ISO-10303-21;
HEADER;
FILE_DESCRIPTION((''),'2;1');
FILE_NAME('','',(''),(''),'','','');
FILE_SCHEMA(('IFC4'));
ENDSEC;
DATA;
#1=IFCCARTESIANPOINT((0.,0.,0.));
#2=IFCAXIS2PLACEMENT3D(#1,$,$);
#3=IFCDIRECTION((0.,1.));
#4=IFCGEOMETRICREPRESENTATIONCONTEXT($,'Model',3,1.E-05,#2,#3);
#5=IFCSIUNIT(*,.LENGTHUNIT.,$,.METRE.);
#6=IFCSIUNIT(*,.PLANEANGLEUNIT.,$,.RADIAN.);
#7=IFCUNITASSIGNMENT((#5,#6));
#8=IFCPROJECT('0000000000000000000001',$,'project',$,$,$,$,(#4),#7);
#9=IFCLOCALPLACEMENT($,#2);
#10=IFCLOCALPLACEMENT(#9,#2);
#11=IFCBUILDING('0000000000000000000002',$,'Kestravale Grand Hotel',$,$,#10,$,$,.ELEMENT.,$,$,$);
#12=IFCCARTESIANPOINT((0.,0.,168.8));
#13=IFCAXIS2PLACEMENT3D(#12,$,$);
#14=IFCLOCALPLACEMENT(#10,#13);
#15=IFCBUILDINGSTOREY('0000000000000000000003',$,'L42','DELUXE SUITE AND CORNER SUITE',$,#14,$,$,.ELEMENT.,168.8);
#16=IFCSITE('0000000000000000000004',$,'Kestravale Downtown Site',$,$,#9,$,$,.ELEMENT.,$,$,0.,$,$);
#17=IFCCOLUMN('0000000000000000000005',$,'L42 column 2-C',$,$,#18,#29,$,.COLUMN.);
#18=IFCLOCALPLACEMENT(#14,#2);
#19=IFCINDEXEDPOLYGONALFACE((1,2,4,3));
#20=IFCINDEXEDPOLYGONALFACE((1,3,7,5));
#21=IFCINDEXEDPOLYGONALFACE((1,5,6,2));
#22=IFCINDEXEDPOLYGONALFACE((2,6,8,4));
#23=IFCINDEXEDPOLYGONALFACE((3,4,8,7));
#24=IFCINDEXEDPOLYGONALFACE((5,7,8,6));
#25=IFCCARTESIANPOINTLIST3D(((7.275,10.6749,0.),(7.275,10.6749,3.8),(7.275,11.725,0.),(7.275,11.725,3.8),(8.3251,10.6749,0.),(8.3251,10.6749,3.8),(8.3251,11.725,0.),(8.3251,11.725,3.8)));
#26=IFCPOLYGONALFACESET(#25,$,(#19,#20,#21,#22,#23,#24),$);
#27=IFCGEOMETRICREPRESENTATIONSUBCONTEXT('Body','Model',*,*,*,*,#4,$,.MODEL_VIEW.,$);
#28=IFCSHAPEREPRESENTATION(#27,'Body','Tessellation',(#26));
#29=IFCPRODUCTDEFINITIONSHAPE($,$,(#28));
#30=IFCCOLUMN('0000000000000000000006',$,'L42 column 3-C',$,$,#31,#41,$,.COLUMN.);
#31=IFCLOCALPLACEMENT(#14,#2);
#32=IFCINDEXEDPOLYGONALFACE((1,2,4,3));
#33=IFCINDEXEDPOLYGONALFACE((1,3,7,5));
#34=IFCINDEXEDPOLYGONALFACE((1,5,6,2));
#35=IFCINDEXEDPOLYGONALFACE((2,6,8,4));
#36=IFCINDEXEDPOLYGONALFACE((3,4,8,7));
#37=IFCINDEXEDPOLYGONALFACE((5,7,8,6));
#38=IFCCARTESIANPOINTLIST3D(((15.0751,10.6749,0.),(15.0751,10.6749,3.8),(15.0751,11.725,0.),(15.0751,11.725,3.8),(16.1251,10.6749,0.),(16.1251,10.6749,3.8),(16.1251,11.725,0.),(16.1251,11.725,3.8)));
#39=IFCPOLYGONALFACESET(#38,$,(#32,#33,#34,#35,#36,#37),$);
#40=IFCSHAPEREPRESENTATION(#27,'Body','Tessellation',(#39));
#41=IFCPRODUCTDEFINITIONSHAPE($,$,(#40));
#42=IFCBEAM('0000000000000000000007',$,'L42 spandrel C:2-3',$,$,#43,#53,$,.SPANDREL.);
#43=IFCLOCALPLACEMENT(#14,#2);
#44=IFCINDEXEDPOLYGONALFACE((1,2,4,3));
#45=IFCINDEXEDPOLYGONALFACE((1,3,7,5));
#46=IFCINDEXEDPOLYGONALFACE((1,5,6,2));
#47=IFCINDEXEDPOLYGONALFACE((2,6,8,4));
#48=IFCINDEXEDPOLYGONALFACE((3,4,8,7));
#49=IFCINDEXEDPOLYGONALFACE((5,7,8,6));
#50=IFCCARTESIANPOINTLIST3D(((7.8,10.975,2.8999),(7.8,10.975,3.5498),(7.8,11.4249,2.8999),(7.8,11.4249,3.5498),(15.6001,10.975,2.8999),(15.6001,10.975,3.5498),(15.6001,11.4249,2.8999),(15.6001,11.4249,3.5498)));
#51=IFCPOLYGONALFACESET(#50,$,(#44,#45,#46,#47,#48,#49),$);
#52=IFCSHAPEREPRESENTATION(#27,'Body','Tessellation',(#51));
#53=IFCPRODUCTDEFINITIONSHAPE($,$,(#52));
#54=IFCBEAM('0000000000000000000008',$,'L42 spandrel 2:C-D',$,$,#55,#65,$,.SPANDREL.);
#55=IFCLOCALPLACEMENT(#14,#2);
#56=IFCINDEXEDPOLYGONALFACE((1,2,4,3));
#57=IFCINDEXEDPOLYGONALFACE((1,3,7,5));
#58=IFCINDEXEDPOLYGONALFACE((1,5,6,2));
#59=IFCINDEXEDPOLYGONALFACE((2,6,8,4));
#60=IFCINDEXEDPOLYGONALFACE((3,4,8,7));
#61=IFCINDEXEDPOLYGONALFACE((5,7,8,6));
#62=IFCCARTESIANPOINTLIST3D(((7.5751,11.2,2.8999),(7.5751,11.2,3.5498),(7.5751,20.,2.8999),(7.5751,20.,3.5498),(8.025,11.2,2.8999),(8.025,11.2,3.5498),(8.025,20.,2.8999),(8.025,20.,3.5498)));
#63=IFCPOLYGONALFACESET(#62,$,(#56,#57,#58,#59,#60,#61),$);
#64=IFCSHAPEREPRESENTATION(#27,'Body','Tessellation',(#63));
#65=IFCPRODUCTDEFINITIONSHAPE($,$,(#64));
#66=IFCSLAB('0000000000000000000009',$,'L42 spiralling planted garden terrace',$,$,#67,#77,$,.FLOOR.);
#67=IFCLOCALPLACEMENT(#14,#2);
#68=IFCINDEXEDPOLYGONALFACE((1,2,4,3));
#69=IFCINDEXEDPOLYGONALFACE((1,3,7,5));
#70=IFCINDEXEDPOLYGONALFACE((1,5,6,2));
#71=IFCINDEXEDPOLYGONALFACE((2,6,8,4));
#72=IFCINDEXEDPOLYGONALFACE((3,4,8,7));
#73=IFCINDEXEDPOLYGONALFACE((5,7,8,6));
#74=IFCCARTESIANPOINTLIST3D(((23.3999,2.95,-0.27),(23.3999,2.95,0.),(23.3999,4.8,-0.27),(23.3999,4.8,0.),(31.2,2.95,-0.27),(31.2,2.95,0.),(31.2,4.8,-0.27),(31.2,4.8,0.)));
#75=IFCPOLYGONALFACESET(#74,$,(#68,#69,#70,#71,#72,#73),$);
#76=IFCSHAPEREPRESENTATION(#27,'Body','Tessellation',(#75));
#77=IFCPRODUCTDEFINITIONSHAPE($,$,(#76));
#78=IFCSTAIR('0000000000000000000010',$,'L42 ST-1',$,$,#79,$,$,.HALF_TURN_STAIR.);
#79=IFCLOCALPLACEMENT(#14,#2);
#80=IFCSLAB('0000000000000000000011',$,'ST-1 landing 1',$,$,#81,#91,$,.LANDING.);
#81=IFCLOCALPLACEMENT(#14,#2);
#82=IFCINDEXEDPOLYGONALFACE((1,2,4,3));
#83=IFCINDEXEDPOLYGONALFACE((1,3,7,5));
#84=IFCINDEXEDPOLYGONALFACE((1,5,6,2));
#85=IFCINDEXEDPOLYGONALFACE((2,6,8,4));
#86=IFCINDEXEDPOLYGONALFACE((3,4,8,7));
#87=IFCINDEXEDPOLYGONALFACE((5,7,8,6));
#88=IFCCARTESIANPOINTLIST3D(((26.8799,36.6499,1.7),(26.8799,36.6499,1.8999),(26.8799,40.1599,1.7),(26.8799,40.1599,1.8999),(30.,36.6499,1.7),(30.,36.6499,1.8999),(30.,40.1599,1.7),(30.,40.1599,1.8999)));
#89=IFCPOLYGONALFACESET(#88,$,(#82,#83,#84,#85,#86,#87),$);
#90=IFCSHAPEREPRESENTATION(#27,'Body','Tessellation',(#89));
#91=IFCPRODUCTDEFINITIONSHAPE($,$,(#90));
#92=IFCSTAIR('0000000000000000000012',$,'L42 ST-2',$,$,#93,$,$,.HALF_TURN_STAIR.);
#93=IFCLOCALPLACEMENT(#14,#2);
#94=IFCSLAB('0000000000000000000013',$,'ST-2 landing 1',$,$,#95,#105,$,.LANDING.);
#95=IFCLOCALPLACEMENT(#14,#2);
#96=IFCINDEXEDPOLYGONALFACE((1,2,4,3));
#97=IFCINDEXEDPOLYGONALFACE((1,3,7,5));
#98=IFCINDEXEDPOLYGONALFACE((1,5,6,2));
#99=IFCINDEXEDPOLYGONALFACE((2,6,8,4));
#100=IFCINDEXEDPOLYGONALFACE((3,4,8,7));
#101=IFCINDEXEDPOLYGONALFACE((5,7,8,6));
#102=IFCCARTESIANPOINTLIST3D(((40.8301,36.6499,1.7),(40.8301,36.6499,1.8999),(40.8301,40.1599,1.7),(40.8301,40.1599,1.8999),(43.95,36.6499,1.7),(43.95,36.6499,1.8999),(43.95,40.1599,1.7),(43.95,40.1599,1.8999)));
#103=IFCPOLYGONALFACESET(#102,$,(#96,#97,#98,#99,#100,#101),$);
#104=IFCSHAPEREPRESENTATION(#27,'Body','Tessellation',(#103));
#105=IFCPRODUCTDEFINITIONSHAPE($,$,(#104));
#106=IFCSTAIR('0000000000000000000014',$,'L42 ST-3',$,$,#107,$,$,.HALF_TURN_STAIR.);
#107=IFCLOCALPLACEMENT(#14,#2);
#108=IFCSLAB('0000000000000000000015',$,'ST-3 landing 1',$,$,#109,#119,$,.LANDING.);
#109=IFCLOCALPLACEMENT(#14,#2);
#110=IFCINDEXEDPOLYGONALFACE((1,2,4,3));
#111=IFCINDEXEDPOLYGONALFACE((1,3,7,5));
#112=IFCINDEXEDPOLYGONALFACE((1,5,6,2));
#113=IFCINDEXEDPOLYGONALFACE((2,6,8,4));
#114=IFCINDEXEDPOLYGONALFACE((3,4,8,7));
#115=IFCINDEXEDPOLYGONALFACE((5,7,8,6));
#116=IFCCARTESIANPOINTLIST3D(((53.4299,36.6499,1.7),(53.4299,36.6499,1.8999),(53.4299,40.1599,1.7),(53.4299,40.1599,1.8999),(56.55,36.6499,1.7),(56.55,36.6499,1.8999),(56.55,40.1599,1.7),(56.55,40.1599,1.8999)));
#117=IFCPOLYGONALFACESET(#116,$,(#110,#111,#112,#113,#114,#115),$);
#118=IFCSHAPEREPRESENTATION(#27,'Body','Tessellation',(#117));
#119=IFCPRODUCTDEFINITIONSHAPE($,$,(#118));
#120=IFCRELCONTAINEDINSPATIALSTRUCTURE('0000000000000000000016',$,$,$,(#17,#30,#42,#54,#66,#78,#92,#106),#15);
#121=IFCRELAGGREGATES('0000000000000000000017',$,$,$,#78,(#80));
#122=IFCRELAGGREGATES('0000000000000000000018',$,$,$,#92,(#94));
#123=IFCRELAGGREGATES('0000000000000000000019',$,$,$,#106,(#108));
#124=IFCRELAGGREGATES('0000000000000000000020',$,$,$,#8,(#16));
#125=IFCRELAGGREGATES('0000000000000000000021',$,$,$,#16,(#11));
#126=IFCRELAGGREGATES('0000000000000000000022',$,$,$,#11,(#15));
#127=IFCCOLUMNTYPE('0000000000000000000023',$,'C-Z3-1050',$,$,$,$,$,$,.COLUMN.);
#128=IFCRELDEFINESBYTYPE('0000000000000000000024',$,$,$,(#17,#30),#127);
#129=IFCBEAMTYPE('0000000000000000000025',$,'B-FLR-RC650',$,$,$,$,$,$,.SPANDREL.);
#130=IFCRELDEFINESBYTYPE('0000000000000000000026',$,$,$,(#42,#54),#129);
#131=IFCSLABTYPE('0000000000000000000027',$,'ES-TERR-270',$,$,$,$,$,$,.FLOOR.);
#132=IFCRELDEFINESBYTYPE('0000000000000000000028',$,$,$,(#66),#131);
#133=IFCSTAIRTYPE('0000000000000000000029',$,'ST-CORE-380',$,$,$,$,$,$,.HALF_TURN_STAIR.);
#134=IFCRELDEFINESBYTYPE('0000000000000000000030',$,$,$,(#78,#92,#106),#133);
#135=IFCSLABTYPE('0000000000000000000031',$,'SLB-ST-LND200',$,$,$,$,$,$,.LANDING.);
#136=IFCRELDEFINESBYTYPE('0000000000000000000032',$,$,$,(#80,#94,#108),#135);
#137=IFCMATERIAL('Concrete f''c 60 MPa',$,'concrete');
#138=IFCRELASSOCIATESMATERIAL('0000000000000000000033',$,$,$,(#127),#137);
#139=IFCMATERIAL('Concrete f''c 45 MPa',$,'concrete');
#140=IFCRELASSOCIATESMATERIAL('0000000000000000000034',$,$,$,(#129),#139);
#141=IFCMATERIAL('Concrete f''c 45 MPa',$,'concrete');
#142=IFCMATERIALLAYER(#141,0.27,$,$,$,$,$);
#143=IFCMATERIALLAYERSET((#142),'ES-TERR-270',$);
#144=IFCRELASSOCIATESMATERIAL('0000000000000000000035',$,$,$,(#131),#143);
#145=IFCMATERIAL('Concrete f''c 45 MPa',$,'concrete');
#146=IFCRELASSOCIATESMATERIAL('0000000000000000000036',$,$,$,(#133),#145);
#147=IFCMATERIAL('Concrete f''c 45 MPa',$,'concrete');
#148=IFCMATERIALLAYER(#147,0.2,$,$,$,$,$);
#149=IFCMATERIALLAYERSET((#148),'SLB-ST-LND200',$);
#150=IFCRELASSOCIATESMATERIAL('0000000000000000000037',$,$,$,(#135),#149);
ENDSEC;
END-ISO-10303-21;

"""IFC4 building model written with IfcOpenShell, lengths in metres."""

from ifc_helpers import new_model, si_unit, direction, frame, origin, origin_2d, place, context, subcontext, project, spatial, polyline, rectangle, outline, extrude, material, layer, layer_set, material_profile, profile_set, type_object, element, aggregate, save


model = new_model("IFC4")

# Units and contexts
model_context = context("Model", 3, precision=1e-05, world=origin(), true_north=direction((0.0, 1.0)))
body_context = subcontext(model_context, "Body", "Model", "MODEL_VIEW")
ifc_project = project(units=[si_unit("LENGTHUNIT", "METRE"), si_unit("PLANEANGLEUNIT", "RADIAN")], contexts=[model_context])

# Site, building, storey
site_placement = place(None, origin())
site = spatial("IfcSite", under=ifc_project, at=site_placement, Name="Kestravale Downtown Site", CompositionType="ELEMENT", RefElevation=0.0)
building_placement = place(site_placement, origin())
building = spatial("IfcBuilding", under=site, at=building_placement, Name="Kestravale Grand Hotel", CompositionType="ELEMENT")
storey_placement = place(building_placement, frame((0.0, 0.0, 168.8)))
storey = spatial("IfcBuildingStorey", under=building, at=storey_placement, Name="L42", Description="DELUXE SUITE AND CORNER SUITE", CompositionType="ELEMENT", Elevation=168.8)

# Columns
ifc_material_1 = material(Name="Concrete f'c 60 MPa", Category="concrete")
ifc_material_profile_1 = material_profile(ifc_material_1, rectangle(XDim=1.05, YDim=1.05, at=origin_2d()))
ifc_profile_set_1 = profile_set([ifc_material_profile_1], Name="Concrete f'c 60 MPa")
column_type = type_object("IfcColumnType", Name="C-Z3-1050", PredefinedType="COLUMN", material=ifc_profile_set_1)
for number, where, z_axis, x_axis, name in (
    (1, (7.8, 11.2, 0.0), (0.0, 0.0, 1.0), (1.0, 0.0, 0.0), "L42 column 2-C"),
    (2, (15.6001, 11.2, 0.0), (0.0, 0.0, 1.0), (1.0, 0.0, 0.0), "L42 column 3-C"),
):
    element("IfcColumn", number, at=place(storey_placement, frame(where, z_axis=z_axis, x_axis=x_axis)), inside=storey, type_object=column_type, Name=name, PredefinedType="COLUMN", context=body_context, shape_type="SweptSolid", body=[
        extrude(rectangle(XDim=1.05, YDim=1.05, at=origin_2d()), origin(), (0.0, 0.0, 1.0), 3.8),
    ])

# Beams
ifc_material_2 = material(Name="Concrete f'c 45 MPa", Category="concrete")
ifc_material_profile_2 = material_profile(ifc_material_2, rectangle(XDim=0.45, YDim=0.6499, at=origin_2d()))
ifc_profile_set_2 = profile_set([ifc_material_profile_2], Name="Concrete f'c 45 MPa")
beam_type = type_object("IfcBeamType", Name="B-FLR-RC650", PredefinedType="SPANDREL", material=ifc_profile_set_2)
beam_1_placement = place(storey_placement, frame((7.8, 11.2, 3.2249), z_axis=(1.0, 0.0, 0.0), x_axis=(0.0, 1.0, 0.0)))
element("IfcBeam", 3, at=beam_1_placement, inside=storey, type_object=beam_type, Name="L42 spandrel C:2-3", PredefinedType="SPANDREL", context=body_context, shape_type="SweptSolid", body=[
    extrude(rectangle(XDim=0.45, YDim=0.6499, at=origin_2d()), origin(), (0.0, 0.0, 1.0), 7.8),
])
beam_2_placement = place(storey_placement, frame((7.8, 11.2, 3.2249), z_axis=(0.0, 1.0, 0.0), x_axis=(-1.0, 0.0, 0.0)))
element("IfcBeam", 4, at=beam_2_placement, inside=storey, type_object=beam_type, Name="L42 spandrel 2:C-D", PredefinedType="SPANDREL", context=body_context, shape_type="SweptSolid", body=[
    extrude(rectangle(XDim=0.45, YDim=0.6499, at=origin_2d()), origin(), (0.0, 0.0, 1.0), 8.8),
])

# Slab
ifc_material_3 = material(Name="Concrete f'c 45 MPa", Category="concrete")
ifc_layer_1 = layer(ifc_material_3, 0.27)
ifc_layer_set_1 = layer_set([ifc_layer_1], Name="ES-TERR-270")
slab_type_1 = type_object("IfcSlabType", Name="ES-TERR-270", PredefinedType="FLOOR", material=ifc_layer_set_1)
slab_1_placement = place(storey_placement, frame((0.0, 0.0, -0.27)))
element("IfcSlab", 5, at=slab_1_placement, inside=storey, type_object=slab_type_1, Name="L42 spiralling planted garden terrace", PredefinedType="FLOOR", context=body_context, shape_type="SweptSolid", body=[
    extrude(outline(polyline([(23.3999, 2.95), (31.2, 2.95), (31.2, 4.8), (23.3999, 4.8), (23.3999, 2.95)])), origin(), (0.0, 0.0, 1.0), 0.27),
])

# Stairs, slabs
ifc_material_4 = material(Name="Concrete f'c 45 MPa", Category="concrete")
stair_type = type_object("IfcStairType", Name="ST-CORE-380", PredefinedType="HALF_TURN_STAIR", material=ifc_material_4)
stair_1_placement = place(storey_placement, origin())
stair_1 = element("IfcStair", 6, at=stair_1_placement, inside=storey, type_object=stair_type, Name="L42 ST-1", PredefinedType="HALF_TURN_STAIR")
ifc_material_5 = material(Name="Concrete f'c 45 MPa", Category="concrete")
ifc_layer_2 = layer(ifc_material_5, 0.2)
ifc_layer_set_2 = layer_set([ifc_layer_2], Name="SLB-ST-LND200")
slab_type_2 = type_object("IfcSlabType", Name="SLB-ST-LND200", PredefinedType="LANDING", material=ifc_layer_set_2)
slab_2_placement = place(storey_placement, frame((0.0, 0.0, 1.7)))
slab_2 = element("IfcSlab", 7, at=slab_2_placement, type_object=slab_type_2, Name="ST-1 landing 1", PredefinedType="LANDING", context=body_context, shape_type="SweptSolid", body=[
    extrude(outline(polyline([(26.8799, 36.6499), (30.0, 36.6499), (30.0, 40.1599), (26.8799, 40.1599), (26.8799, 36.6499)])), origin(), (0.0, 0.0, 1.0), 0.2),
])
aggregate(stair_1, [slab_2])
stair_2_placement = place(storey_placement, origin())
stair_2 = element("IfcStair", 8, at=stair_2_placement, inside=storey, type_object=stair_type, Name="L42 ST-2", PredefinedType="HALF_TURN_STAIR")
slab_3_placement = place(storey_placement, frame((0.0, 0.0, 1.7)))
slab_3 = element("IfcSlab", 9, at=slab_3_placement, type_object=slab_type_2, Name="ST-2 landing 1", PredefinedType="LANDING", context=body_context, shape_type="SweptSolid", body=[
    extrude(outline(polyline([(40.8301, 36.6499), (43.95, 36.6499), (43.95, 40.1599), (40.8301, 40.1599), (40.8301, 36.6499)])), origin(), (0.0, 0.0, 1.0), 0.2),
])
aggregate(stair_2, [slab_3])
stair_3_placement = place(storey_placement, origin())
stair_3 = element("IfcStair", 10, at=stair_3_placement, inside=storey, type_object=stair_type, Name="L42 ST-3", PredefinedType="HALF_TURN_STAIR")
slab_4_placement = place(storey_placement, frame((0.0, 0.0, 1.7)))
slab_4 = element("IfcSlab", 11, at=slab_4_placement, type_object=slab_type_2, Name="ST-3 landing 1", PredefinedType="LANDING", context=body_context, shape_type="SweptSolid", body=[
    extrude(outline(polyline([(53.4299, 36.6499), (56.55, 36.6499), (56.55, 40.1599), (53.4299, 40.1599), (53.4299, 36.6499)])), origin(), (0.0, 0.0, 1.0), 0.2),
])
aggregate(stair_3, [slab_4])

save(model, "model.ifc")
